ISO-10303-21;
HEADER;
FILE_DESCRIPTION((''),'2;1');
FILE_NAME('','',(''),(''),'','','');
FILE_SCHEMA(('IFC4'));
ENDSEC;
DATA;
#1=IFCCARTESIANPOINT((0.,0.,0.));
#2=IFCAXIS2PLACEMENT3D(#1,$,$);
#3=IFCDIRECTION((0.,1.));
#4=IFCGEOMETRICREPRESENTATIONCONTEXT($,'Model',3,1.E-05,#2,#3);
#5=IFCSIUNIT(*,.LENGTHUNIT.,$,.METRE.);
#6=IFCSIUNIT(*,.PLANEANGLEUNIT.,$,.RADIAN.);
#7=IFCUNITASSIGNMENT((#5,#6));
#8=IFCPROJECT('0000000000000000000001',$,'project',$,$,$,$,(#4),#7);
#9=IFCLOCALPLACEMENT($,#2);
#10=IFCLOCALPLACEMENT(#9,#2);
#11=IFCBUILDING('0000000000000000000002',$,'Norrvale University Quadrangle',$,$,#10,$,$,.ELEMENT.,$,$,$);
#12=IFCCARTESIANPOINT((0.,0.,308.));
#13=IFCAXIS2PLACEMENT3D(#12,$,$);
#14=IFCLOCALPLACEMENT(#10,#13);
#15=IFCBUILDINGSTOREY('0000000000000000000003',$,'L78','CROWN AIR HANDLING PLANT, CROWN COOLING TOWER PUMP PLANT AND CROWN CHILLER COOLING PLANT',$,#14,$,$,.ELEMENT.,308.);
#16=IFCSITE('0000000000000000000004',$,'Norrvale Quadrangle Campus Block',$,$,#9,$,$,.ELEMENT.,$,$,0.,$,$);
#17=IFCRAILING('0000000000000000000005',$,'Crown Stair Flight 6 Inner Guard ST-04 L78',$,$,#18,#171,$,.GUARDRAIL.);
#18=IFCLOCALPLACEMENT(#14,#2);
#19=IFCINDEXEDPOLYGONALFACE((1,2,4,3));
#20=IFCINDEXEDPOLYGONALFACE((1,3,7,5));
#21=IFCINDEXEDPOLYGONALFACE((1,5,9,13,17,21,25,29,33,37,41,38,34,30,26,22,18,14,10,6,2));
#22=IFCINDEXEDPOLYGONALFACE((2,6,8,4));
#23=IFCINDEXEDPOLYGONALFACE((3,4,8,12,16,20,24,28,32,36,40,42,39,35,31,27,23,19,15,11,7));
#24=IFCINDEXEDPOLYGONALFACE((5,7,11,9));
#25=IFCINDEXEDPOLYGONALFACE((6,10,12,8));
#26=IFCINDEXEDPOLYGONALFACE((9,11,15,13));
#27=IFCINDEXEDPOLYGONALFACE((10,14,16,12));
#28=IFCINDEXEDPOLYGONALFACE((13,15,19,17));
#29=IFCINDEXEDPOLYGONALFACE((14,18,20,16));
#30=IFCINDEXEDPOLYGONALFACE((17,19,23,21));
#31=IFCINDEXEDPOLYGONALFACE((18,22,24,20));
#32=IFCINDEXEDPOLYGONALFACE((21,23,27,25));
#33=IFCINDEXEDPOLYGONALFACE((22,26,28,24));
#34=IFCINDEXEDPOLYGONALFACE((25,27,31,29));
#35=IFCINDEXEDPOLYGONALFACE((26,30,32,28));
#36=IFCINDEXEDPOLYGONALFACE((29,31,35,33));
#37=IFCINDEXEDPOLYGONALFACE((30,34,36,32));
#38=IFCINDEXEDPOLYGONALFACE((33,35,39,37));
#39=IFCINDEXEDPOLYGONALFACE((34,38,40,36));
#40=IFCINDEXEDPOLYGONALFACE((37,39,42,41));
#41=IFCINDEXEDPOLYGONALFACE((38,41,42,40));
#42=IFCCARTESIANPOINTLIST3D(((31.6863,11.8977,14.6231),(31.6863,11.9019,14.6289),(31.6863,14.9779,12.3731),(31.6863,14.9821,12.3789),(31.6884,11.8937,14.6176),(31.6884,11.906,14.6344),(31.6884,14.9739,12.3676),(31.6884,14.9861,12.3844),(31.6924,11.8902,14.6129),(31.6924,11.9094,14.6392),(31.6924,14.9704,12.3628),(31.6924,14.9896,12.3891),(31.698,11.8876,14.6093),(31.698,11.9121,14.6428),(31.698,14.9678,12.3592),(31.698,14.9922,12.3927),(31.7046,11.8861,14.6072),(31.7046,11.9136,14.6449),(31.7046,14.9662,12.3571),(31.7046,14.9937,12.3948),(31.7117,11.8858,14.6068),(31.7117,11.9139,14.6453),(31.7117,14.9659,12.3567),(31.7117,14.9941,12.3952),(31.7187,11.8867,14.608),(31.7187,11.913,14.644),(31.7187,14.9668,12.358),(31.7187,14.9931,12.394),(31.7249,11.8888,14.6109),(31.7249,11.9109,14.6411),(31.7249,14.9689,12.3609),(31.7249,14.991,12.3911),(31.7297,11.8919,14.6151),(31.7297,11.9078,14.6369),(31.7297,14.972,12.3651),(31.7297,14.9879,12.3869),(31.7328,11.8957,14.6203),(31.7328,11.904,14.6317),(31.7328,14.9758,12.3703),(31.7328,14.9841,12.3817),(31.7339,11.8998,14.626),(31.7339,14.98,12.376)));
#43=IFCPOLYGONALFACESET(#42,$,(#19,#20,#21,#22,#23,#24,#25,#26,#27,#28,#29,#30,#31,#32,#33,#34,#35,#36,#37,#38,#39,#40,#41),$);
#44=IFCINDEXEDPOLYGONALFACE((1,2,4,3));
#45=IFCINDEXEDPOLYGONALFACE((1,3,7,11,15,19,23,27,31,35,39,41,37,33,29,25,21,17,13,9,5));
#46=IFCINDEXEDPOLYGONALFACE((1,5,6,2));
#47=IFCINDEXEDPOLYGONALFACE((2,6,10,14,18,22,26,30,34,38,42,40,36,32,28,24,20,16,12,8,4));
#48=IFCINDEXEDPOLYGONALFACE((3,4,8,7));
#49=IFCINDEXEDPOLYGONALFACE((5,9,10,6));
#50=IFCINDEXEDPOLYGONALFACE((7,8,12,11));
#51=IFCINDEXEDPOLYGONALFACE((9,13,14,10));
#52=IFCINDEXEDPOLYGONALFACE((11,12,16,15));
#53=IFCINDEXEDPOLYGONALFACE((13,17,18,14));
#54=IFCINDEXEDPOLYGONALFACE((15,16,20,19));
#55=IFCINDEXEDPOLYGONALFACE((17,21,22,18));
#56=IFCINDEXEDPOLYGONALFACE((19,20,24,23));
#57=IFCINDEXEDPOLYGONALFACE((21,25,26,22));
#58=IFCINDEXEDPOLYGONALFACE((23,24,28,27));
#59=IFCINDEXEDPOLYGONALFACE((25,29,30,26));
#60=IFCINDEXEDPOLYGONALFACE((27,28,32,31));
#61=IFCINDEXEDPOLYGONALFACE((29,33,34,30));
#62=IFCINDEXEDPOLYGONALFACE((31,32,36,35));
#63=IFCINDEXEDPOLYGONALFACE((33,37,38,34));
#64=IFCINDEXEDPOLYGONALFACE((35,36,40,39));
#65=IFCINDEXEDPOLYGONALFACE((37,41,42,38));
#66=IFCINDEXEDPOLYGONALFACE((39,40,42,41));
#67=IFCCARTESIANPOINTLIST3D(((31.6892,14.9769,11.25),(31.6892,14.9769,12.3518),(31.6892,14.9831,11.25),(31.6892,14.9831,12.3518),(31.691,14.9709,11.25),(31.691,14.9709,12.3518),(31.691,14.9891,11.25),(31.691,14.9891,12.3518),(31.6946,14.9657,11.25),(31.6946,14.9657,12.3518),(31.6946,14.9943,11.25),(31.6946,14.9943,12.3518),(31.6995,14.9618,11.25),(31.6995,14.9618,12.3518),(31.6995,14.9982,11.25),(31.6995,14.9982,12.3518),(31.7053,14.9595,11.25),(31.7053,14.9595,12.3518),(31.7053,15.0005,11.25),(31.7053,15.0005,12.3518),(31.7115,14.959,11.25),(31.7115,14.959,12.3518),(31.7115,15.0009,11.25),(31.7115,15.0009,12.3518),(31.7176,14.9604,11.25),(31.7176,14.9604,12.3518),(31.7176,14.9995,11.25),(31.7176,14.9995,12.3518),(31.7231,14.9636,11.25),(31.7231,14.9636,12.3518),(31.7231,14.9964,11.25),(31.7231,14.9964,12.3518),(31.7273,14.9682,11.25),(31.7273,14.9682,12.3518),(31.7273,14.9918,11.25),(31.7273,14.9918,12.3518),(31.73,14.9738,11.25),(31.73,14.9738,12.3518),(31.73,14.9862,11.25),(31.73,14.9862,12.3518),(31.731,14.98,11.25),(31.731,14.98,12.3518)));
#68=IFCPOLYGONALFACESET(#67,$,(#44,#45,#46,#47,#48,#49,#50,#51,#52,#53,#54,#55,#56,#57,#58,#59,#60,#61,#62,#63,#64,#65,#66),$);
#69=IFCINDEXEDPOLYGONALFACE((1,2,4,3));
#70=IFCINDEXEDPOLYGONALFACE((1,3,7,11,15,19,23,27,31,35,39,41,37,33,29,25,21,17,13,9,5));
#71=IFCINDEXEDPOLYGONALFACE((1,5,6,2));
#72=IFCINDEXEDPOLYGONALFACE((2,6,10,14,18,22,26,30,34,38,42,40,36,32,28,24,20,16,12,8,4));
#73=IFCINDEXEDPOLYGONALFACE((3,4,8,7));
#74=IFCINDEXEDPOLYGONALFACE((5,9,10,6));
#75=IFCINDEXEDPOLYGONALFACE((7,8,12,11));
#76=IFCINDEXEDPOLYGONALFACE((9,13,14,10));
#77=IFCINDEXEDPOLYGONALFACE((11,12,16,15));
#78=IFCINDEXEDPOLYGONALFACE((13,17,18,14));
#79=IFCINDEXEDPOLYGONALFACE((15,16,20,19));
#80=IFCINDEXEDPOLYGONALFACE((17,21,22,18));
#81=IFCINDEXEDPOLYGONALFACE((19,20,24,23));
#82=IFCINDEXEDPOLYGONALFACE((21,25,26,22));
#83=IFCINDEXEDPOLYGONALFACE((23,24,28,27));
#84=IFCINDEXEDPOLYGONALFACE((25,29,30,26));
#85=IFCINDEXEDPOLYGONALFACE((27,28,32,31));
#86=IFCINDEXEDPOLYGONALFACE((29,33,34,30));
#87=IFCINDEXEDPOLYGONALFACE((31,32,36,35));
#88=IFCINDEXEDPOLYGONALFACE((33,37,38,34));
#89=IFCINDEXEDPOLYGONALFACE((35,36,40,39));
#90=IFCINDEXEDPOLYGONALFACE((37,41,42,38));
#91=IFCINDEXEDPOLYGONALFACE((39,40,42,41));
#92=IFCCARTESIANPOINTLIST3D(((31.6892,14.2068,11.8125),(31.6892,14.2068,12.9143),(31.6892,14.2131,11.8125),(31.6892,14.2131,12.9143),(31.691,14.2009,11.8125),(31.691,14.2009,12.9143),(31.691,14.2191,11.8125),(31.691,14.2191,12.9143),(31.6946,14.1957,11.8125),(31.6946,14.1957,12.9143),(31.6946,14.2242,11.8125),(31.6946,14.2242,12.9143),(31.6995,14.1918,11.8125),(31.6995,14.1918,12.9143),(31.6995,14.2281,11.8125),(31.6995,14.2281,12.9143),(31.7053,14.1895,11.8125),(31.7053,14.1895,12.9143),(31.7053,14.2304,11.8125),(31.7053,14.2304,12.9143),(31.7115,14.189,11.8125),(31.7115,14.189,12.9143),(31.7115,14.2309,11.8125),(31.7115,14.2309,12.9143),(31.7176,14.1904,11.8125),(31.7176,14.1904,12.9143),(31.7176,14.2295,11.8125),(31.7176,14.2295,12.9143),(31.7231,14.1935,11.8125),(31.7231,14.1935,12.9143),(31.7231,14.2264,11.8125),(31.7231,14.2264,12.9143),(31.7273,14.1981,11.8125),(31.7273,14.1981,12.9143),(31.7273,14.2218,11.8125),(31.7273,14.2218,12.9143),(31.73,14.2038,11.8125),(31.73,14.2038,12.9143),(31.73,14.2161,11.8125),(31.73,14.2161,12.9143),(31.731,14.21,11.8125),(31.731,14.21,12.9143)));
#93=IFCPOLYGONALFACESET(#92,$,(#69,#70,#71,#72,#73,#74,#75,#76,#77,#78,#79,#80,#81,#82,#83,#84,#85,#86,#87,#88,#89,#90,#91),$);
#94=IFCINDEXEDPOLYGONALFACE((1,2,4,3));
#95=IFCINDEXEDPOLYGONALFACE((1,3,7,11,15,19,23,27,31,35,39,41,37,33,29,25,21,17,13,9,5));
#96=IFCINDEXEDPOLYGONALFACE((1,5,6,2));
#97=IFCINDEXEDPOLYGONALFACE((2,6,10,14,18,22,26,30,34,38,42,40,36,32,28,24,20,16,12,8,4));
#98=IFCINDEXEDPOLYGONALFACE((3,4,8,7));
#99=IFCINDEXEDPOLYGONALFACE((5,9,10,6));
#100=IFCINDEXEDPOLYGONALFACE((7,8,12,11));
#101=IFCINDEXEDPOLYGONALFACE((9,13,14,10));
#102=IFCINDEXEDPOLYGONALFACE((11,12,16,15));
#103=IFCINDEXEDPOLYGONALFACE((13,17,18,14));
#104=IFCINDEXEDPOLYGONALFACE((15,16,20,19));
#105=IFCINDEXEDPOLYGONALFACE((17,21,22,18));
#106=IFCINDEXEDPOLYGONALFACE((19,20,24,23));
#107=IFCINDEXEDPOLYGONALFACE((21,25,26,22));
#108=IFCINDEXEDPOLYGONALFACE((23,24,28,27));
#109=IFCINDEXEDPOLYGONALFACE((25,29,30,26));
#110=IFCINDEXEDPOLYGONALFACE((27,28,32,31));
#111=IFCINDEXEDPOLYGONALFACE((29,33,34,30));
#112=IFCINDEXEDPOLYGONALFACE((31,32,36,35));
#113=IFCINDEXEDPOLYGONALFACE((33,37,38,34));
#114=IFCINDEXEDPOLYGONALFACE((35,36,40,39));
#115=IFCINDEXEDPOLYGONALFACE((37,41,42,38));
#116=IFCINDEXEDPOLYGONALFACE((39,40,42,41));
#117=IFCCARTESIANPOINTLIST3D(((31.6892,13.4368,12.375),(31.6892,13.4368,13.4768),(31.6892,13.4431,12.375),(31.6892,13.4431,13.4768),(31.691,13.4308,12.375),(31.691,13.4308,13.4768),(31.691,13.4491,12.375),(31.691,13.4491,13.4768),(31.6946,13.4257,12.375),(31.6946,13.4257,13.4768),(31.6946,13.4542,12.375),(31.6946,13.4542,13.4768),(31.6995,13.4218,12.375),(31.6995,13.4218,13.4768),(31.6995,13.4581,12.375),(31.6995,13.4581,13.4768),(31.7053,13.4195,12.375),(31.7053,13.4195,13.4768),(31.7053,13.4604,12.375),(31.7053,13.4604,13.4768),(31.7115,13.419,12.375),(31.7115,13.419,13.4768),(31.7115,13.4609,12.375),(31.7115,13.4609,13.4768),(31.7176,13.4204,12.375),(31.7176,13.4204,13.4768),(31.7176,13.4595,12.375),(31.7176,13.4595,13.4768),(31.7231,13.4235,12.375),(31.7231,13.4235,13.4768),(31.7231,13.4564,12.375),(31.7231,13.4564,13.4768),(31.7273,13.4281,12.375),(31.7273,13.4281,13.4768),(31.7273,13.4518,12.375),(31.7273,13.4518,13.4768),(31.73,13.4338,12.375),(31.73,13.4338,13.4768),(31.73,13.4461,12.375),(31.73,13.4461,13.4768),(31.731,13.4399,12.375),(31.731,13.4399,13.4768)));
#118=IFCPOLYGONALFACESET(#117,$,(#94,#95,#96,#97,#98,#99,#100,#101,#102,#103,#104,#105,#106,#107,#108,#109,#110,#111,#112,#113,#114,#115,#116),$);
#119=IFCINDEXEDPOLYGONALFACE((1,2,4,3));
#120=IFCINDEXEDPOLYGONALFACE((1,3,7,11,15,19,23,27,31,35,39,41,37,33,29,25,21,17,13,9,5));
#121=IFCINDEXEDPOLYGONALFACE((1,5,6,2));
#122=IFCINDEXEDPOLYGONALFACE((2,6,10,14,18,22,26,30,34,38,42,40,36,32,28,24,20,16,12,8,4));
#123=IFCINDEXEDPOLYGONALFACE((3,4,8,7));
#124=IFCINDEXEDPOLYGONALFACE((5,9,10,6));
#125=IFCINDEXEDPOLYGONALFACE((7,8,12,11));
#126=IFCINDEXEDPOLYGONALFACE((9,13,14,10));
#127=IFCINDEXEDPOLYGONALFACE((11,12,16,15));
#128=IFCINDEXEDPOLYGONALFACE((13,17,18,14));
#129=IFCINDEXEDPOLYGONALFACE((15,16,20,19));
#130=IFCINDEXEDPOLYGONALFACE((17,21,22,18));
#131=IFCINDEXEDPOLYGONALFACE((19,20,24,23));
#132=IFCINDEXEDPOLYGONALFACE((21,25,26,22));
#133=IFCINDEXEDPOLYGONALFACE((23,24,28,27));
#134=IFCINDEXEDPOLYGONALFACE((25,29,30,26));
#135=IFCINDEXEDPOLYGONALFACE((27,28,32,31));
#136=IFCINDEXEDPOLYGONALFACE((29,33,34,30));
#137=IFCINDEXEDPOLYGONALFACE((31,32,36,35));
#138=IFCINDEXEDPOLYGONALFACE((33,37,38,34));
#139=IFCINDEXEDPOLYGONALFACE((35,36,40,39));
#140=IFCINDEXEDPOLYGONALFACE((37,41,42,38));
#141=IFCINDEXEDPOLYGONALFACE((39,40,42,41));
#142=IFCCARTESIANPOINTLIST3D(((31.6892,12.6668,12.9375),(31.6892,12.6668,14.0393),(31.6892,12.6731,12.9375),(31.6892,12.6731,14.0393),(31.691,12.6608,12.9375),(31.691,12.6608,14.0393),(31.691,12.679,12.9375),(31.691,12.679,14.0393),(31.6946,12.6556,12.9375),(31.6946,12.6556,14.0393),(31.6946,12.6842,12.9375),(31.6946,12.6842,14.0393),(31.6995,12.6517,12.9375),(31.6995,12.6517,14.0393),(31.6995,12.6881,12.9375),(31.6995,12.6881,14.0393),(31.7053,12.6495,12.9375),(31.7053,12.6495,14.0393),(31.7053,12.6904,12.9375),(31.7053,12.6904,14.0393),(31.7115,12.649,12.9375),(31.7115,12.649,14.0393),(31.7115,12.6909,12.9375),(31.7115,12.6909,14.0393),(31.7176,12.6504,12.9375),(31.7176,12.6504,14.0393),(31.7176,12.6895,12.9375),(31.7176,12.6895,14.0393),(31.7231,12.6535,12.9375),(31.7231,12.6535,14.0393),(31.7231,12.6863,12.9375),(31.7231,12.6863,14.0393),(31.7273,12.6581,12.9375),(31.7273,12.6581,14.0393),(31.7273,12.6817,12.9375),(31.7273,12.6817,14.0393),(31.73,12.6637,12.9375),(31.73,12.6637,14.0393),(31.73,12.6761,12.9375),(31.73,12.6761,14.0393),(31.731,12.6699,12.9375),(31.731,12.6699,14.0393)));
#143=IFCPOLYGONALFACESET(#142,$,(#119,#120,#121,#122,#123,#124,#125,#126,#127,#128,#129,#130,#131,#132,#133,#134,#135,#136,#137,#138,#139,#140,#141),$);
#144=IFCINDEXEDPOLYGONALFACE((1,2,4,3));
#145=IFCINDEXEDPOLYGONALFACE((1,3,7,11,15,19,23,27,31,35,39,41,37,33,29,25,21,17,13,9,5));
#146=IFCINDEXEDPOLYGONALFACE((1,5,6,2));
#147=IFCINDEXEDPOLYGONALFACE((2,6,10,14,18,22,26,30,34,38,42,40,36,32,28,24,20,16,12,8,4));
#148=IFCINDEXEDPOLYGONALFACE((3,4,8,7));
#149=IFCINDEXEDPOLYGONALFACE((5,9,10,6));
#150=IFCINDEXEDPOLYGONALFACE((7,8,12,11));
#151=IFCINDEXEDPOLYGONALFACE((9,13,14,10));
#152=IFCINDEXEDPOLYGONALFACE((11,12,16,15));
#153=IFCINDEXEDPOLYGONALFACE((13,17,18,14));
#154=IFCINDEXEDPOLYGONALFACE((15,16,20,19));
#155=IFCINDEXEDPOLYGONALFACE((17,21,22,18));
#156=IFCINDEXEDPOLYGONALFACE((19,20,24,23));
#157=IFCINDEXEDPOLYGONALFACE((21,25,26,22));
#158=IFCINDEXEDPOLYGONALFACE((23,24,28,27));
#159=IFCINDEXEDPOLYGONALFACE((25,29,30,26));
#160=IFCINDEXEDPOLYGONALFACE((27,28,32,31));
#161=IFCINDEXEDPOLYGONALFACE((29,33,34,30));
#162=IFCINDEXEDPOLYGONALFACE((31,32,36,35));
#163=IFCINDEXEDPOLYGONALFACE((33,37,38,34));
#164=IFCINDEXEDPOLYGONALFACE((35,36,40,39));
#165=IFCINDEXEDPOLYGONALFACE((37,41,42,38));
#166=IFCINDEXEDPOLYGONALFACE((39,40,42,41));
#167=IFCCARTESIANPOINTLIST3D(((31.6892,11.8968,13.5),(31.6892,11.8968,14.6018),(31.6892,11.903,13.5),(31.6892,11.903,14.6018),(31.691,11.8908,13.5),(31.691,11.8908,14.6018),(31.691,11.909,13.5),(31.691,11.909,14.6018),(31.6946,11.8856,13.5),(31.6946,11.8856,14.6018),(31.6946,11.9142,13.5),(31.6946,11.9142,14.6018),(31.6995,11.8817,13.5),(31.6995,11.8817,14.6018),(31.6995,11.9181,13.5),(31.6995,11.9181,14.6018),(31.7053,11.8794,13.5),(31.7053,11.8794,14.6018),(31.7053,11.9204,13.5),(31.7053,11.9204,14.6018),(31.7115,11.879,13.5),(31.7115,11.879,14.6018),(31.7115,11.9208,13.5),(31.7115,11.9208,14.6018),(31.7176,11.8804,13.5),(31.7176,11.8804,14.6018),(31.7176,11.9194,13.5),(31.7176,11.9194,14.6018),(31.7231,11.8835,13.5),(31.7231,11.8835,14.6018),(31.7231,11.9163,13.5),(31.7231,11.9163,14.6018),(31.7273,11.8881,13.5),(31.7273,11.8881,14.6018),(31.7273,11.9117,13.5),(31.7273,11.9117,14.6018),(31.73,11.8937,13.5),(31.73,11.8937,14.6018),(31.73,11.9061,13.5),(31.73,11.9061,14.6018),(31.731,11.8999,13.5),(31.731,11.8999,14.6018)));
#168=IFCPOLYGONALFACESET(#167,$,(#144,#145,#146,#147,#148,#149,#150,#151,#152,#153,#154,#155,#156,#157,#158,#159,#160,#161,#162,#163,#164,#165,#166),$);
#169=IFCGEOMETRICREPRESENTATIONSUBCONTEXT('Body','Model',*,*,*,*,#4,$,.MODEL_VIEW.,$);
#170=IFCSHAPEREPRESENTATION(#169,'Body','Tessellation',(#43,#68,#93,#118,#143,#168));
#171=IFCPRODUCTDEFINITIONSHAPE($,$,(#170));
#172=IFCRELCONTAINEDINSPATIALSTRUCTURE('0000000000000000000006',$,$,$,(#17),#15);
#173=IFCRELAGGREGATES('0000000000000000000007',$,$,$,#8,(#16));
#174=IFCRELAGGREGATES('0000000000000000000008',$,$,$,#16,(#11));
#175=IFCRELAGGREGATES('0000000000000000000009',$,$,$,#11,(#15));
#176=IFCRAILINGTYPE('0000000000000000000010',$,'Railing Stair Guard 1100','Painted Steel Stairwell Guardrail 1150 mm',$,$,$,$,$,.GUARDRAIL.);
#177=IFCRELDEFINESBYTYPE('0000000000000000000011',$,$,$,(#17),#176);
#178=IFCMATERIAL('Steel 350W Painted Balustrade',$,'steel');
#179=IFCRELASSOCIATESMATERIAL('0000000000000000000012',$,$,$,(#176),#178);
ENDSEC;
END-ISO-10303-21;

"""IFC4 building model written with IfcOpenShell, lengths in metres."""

from ifc_helpers import new_model, si_unit, direction, frame, origin, origin_2d, place, context, subcontext, project, spatial, circle, extrude, material, type_object, element, save


model = new_model("IFC4")

# Units and contexts
model_context = context("Model", 3, precision=1e-05, world=origin(), true_north=direction((0.0, 1.0)))
body_context = subcontext(model_context, "Body", "Model", "MODEL_VIEW")
ifc_project = project(units=[si_unit("LENGTHUNIT", "METRE"), si_unit("PLANEANGLEUNIT", "RADIAN")], contexts=[model_context])

# Site, building, storey
site_placement = place(None, origin())
site = spatial("IfcSite", under=ifc_project, at=site_placement, Name="Norrvale Quadrangle Campus Block", CompositionType="ELEMENT", RefElevation=0.0)
building_placement = place(site_placement, origin())
building = spatial("IfcBuilding", under=site, at=building_placement, Name="Norrvale University Quadrangle", CompositionType="ELEMENT")
storey_placement = place(building_placement, frame((0.0, 0.0, 308.0)))
storey = spatial("IfcBuildingStorey", under=building, at=storey_placement, Name="L78", Description="CROWN AIR HANDLING PLANT, CROWN COOLING TOWER PUMP PLANT AND CROWN CHILLER COOLING PLANT", CompositionType="ELEMENT", Elevation=308.0)

# Railing
ifc_material_1 = material(Name="Steel 350W Painted Balustrade", Category="steel")
railing_type = type_object("IfcRailingType", Name="Railing Stair Guard 1100", Description="Painted Steel Stairwell Guardrail 1150 mm", PredefinedType="GUARDRAIL", material=ifc_material_1)
for number, where, name in (
    (1, (31.71, 14.98, 11.25), "Crown Stair Flight 6 Inner Guard ST-04 L78"),
):
    element("IfcRailing", number, at=place(storey_placement, frame(where)), inside=storey, type_object=railing_type, Name=name, PredefinedType="GUARDRAIL", context=body_context, shape_type="SweptSolid", body=[
        extrude(circle(Radius=0.0239, at=origin_2d()), frame((0.0, 0.0, 1.126), z_axis=(0.0, -0.807494, 0.589875), x_axis=(1.0, 0.0, 0.0)), (0.0, 0.0, 1.0), 3.8145),
        extrude(circle(Radius=0.021, at=origin_2d()), origin(), (0.0, 0.0, 1.0), 1.1018),
        extrude(circle(Radius=0.021, at=origin_2d()), frame((0.0, -0.77, 0.5625)), (0.0, 0.0, 1.0), 1.1018),
        extrude(circle(Radius=0.021, at=origin_2d()), frame((0.0, -1.54, 1.125)), (0.0, 0.0, 1.0), 1.1018),
        extrude(circle(Radius=0.021, at=origin_2d()), frame((0.0, -2.3101, 1.6875)), (0.0, 0.0, 1.0), 1.1018),
        extrude(circle(Radius=0.021, at=origin_2d()), frame((0.0, -3.0801, 2.25)), (0.0, 0.0, 1.0), 1.1018),
    ])

save(model, "model.ifc")
